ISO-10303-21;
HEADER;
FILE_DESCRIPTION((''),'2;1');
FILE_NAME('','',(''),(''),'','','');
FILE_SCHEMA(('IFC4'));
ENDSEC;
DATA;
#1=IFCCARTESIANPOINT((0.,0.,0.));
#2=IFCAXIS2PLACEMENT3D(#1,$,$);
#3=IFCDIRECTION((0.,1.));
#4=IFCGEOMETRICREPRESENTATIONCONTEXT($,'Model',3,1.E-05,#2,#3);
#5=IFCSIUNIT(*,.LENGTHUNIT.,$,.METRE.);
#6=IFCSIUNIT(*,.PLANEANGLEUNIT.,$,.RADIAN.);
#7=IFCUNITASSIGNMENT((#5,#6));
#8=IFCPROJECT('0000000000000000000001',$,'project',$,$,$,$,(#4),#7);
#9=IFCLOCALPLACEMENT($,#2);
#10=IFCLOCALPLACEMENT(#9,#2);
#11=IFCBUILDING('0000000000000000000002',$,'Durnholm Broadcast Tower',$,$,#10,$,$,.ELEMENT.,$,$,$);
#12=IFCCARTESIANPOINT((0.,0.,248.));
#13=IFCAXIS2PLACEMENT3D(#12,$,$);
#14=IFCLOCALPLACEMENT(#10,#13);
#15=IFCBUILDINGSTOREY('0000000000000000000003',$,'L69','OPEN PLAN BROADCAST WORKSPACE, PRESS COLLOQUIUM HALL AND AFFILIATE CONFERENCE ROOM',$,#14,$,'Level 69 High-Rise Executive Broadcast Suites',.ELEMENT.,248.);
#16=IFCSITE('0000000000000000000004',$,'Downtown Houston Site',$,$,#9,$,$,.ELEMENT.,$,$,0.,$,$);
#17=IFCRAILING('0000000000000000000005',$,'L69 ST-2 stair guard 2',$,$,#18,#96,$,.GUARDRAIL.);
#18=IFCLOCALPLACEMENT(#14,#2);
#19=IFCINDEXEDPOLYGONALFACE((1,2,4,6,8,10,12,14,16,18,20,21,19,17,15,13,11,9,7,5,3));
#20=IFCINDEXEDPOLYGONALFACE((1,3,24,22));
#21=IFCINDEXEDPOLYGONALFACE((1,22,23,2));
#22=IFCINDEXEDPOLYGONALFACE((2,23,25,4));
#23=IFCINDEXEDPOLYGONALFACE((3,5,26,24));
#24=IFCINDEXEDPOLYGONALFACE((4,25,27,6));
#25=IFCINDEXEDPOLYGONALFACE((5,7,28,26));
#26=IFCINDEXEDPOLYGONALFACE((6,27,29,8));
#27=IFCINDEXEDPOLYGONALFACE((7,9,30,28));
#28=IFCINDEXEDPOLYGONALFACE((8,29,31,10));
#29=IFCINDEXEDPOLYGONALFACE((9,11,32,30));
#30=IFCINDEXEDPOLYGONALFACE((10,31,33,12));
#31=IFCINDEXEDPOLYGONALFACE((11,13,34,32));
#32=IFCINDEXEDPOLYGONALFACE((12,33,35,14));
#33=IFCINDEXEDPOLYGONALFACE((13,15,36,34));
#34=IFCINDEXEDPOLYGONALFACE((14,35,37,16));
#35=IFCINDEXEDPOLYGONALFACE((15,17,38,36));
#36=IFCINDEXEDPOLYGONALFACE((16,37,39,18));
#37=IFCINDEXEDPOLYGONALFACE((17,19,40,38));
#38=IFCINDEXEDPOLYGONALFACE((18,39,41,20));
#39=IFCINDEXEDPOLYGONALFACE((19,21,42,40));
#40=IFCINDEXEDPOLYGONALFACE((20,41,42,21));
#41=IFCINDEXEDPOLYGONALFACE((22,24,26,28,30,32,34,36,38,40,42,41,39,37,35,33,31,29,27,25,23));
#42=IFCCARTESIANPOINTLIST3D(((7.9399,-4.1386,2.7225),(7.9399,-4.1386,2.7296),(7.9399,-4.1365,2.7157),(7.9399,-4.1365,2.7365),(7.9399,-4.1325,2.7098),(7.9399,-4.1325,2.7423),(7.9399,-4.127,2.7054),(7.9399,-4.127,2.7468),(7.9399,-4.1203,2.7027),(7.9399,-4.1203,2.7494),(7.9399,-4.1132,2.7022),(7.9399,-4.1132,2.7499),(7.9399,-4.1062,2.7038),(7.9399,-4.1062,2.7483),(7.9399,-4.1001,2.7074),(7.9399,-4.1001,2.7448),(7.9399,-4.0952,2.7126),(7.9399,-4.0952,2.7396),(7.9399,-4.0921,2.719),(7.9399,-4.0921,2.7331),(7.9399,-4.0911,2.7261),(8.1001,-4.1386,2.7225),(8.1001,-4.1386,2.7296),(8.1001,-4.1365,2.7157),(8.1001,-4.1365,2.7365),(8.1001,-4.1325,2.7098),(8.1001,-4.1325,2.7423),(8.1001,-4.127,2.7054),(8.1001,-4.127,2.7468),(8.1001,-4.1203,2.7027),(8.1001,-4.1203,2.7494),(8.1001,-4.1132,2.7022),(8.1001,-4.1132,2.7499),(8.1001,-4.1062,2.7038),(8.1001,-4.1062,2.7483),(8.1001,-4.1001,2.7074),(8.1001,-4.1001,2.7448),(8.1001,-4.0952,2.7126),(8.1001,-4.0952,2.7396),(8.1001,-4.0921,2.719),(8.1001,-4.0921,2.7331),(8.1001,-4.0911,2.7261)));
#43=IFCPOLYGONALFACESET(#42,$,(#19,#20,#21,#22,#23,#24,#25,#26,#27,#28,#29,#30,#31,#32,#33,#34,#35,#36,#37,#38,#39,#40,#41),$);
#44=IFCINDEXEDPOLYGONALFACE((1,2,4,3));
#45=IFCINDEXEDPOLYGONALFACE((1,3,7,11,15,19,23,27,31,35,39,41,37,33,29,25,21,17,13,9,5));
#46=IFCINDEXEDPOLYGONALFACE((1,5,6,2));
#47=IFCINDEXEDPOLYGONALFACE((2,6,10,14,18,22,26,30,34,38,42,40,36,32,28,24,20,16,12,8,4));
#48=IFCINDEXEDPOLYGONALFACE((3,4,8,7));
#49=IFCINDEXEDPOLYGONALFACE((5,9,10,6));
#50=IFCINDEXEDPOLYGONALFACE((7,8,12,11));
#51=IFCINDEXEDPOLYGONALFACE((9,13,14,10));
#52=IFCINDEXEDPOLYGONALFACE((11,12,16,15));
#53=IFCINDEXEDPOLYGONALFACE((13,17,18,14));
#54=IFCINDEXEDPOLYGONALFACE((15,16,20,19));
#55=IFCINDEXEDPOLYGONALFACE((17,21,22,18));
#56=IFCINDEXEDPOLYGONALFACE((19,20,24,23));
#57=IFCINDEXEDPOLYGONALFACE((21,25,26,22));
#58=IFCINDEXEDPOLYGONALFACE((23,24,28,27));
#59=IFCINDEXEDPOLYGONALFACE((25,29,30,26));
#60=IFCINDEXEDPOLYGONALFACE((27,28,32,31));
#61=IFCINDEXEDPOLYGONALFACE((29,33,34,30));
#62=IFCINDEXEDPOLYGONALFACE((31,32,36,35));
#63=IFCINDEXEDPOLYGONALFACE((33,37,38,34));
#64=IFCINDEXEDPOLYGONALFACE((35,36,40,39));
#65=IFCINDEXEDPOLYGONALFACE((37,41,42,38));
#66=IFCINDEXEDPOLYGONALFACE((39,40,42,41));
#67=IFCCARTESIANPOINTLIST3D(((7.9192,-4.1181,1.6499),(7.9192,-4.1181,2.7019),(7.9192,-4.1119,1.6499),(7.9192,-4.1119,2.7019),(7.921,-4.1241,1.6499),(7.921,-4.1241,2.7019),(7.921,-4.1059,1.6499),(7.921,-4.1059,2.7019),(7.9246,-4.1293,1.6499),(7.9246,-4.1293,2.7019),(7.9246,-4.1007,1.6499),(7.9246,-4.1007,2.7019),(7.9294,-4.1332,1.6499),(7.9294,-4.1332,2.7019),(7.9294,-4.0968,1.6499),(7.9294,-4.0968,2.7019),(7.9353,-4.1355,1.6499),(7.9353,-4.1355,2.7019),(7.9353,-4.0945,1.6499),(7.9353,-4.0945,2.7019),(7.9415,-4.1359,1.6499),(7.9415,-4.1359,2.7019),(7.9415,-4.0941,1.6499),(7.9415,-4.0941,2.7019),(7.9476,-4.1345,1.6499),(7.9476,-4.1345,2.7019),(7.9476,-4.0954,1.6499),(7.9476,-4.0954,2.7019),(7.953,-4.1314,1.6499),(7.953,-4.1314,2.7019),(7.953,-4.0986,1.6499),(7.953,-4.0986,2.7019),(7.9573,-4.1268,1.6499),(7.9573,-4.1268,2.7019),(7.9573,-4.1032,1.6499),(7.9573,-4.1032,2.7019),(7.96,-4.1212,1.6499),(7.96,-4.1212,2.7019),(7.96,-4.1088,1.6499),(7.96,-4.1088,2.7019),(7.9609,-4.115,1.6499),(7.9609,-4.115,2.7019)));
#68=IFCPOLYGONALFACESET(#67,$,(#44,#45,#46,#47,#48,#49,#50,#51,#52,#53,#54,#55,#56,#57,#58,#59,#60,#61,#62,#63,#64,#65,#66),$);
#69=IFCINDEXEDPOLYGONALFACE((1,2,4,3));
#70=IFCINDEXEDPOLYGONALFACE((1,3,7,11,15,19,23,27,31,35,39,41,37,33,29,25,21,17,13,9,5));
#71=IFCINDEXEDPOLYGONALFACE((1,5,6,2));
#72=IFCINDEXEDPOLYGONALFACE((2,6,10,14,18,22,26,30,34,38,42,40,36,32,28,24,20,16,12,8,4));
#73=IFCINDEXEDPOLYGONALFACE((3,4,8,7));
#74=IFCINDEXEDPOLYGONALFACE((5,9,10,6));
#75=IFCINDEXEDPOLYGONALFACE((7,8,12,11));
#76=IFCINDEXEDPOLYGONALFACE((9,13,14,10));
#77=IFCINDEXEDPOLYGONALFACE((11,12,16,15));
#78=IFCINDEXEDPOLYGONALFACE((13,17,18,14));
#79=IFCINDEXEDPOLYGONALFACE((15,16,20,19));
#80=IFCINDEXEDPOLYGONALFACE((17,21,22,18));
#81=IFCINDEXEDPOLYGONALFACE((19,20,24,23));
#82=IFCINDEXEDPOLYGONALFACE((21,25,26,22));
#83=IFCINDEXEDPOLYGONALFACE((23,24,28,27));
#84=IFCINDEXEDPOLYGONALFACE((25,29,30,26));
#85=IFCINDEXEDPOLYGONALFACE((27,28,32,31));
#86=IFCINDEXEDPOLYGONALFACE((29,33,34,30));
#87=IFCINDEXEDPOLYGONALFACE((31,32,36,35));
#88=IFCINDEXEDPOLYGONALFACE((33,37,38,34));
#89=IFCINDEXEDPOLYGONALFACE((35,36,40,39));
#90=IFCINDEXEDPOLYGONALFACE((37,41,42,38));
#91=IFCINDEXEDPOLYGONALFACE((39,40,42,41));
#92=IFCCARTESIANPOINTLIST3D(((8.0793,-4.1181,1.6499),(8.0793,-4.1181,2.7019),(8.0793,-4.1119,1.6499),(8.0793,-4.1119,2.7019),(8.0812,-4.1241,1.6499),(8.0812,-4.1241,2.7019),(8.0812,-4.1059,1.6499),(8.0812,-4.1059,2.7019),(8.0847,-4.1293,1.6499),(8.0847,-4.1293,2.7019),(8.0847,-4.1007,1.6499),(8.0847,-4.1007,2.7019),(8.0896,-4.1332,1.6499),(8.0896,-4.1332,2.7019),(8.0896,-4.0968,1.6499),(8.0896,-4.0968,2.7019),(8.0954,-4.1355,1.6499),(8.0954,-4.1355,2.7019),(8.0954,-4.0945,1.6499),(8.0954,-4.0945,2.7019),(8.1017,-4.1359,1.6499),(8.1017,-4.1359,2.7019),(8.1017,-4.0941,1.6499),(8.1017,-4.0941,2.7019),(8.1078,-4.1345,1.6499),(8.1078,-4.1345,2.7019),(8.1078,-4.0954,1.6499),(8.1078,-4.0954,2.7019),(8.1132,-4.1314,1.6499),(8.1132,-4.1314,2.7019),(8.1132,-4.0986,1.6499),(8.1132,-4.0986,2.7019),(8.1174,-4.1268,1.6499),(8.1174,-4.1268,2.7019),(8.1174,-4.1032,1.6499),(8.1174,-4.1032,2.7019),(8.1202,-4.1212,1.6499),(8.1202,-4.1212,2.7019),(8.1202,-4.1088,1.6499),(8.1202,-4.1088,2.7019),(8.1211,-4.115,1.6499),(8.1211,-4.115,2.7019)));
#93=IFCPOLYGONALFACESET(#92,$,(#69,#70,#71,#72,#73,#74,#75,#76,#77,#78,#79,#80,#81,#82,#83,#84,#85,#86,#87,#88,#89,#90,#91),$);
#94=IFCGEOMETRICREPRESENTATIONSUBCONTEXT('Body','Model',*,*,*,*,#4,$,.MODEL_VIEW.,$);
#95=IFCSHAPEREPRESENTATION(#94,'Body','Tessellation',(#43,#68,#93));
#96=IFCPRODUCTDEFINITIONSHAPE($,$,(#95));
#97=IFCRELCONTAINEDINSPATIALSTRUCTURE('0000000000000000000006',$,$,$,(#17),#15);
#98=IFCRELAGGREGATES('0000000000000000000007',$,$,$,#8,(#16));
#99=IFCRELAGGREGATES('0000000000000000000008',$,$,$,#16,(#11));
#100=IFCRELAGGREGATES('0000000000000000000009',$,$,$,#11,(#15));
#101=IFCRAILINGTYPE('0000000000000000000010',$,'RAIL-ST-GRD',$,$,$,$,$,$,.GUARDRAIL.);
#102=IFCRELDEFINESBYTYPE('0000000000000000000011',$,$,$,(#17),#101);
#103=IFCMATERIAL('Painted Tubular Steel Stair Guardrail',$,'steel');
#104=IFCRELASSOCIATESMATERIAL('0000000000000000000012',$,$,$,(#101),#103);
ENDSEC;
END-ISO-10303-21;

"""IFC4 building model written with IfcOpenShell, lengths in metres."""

from ifc_helpers import new_model, si_unit, direction, frame, origin, origin_2d, place, context, subcontext, project, spatial, circle, extrude, material, type_object, element, save


model = new_model("IFC4")

# Units and contexts
model_context = context("Model", 3, precision=1e-05, world=origin(), true_north=direction((0.0, 1.0)))
body_context = subcontext(model_context, "Body", "Model", "MODEL_VIEW")
ifc_project = project(units=[si_unit("LENGTHUNIT", "METRE"), si_unit("PLANEANGLEUNIT", "RADIAN")], contexts=[model_context])

# Site, building, storey
site_placement = place(None, origin())
site = spatial("IfcSite", under=ifc_project, at=site_placement, Name="Downtown Houston Site", CompositionType="ELEMENT", RefElevation=0.0)
building_placement = place(site_placement, origin())
building = spatial("IfcBuilding", under=site, at=building_placement, Name="Durnholm Broadcast Tower", CompositionType="ELEMENT")
storey_placement = place(building_placement, frame((0.0, 0.0, 248.0)))
storey = spatial("IfcBuildingStorey", under=building, at=storey_placement, Name="L69", Description="OPEN PLAN BROADCAST WORKSPACE, PRESS COLLOQUIUM HALL AND AFFILIATE CONFERENCE ROOM", LongName="Level 69 High-Rise Executive Broadcast Suites", CompositionType="ELEMENT", Elevation=248.0)

# Railing
ifc_material_1 = material(Name="Painted Tubular Steel Stair Guardrail", Category="steel")
railing_type_1 = type_object("IfcRailingType", Name="RAIL-ST-GRD", PredefinedType="GUARDRAIL", material=ifc_material_1)
railing_1_placement = place(storey_placement, frame((7.9399, -4.115, 1.6499)))
element("IfcRailing", 1, at=railing_1_placement, inside=storey, type_object=railing_type_1, Name="L69 ST-2 stair guard 2", PredefinedType="GUARDRAIL", context=body_context, shape_type="SweptSolid", body=[
    extrude(circle(Radius=0.0239, at=origin_2d()), frame((0.0, 0.0, 1.0762), z_axis=(1.0, 0.0, 0.0), x_axis=(0.0, 1.0, 0.0)), (0.0, 0.0, 1.0), 0.1602),
    extrude(circle(Radius=0.021, at=origin_2d()), origin(), (0.0, 0.0, 1.0), 1.052),
    extrude(circle(Radius=0.021, at=origin_2d()), frame((0.1602, 0.0, 0.0)), (0.0, 0.0, 1.0), 1.052),
])

save(model, "model.ifc")
